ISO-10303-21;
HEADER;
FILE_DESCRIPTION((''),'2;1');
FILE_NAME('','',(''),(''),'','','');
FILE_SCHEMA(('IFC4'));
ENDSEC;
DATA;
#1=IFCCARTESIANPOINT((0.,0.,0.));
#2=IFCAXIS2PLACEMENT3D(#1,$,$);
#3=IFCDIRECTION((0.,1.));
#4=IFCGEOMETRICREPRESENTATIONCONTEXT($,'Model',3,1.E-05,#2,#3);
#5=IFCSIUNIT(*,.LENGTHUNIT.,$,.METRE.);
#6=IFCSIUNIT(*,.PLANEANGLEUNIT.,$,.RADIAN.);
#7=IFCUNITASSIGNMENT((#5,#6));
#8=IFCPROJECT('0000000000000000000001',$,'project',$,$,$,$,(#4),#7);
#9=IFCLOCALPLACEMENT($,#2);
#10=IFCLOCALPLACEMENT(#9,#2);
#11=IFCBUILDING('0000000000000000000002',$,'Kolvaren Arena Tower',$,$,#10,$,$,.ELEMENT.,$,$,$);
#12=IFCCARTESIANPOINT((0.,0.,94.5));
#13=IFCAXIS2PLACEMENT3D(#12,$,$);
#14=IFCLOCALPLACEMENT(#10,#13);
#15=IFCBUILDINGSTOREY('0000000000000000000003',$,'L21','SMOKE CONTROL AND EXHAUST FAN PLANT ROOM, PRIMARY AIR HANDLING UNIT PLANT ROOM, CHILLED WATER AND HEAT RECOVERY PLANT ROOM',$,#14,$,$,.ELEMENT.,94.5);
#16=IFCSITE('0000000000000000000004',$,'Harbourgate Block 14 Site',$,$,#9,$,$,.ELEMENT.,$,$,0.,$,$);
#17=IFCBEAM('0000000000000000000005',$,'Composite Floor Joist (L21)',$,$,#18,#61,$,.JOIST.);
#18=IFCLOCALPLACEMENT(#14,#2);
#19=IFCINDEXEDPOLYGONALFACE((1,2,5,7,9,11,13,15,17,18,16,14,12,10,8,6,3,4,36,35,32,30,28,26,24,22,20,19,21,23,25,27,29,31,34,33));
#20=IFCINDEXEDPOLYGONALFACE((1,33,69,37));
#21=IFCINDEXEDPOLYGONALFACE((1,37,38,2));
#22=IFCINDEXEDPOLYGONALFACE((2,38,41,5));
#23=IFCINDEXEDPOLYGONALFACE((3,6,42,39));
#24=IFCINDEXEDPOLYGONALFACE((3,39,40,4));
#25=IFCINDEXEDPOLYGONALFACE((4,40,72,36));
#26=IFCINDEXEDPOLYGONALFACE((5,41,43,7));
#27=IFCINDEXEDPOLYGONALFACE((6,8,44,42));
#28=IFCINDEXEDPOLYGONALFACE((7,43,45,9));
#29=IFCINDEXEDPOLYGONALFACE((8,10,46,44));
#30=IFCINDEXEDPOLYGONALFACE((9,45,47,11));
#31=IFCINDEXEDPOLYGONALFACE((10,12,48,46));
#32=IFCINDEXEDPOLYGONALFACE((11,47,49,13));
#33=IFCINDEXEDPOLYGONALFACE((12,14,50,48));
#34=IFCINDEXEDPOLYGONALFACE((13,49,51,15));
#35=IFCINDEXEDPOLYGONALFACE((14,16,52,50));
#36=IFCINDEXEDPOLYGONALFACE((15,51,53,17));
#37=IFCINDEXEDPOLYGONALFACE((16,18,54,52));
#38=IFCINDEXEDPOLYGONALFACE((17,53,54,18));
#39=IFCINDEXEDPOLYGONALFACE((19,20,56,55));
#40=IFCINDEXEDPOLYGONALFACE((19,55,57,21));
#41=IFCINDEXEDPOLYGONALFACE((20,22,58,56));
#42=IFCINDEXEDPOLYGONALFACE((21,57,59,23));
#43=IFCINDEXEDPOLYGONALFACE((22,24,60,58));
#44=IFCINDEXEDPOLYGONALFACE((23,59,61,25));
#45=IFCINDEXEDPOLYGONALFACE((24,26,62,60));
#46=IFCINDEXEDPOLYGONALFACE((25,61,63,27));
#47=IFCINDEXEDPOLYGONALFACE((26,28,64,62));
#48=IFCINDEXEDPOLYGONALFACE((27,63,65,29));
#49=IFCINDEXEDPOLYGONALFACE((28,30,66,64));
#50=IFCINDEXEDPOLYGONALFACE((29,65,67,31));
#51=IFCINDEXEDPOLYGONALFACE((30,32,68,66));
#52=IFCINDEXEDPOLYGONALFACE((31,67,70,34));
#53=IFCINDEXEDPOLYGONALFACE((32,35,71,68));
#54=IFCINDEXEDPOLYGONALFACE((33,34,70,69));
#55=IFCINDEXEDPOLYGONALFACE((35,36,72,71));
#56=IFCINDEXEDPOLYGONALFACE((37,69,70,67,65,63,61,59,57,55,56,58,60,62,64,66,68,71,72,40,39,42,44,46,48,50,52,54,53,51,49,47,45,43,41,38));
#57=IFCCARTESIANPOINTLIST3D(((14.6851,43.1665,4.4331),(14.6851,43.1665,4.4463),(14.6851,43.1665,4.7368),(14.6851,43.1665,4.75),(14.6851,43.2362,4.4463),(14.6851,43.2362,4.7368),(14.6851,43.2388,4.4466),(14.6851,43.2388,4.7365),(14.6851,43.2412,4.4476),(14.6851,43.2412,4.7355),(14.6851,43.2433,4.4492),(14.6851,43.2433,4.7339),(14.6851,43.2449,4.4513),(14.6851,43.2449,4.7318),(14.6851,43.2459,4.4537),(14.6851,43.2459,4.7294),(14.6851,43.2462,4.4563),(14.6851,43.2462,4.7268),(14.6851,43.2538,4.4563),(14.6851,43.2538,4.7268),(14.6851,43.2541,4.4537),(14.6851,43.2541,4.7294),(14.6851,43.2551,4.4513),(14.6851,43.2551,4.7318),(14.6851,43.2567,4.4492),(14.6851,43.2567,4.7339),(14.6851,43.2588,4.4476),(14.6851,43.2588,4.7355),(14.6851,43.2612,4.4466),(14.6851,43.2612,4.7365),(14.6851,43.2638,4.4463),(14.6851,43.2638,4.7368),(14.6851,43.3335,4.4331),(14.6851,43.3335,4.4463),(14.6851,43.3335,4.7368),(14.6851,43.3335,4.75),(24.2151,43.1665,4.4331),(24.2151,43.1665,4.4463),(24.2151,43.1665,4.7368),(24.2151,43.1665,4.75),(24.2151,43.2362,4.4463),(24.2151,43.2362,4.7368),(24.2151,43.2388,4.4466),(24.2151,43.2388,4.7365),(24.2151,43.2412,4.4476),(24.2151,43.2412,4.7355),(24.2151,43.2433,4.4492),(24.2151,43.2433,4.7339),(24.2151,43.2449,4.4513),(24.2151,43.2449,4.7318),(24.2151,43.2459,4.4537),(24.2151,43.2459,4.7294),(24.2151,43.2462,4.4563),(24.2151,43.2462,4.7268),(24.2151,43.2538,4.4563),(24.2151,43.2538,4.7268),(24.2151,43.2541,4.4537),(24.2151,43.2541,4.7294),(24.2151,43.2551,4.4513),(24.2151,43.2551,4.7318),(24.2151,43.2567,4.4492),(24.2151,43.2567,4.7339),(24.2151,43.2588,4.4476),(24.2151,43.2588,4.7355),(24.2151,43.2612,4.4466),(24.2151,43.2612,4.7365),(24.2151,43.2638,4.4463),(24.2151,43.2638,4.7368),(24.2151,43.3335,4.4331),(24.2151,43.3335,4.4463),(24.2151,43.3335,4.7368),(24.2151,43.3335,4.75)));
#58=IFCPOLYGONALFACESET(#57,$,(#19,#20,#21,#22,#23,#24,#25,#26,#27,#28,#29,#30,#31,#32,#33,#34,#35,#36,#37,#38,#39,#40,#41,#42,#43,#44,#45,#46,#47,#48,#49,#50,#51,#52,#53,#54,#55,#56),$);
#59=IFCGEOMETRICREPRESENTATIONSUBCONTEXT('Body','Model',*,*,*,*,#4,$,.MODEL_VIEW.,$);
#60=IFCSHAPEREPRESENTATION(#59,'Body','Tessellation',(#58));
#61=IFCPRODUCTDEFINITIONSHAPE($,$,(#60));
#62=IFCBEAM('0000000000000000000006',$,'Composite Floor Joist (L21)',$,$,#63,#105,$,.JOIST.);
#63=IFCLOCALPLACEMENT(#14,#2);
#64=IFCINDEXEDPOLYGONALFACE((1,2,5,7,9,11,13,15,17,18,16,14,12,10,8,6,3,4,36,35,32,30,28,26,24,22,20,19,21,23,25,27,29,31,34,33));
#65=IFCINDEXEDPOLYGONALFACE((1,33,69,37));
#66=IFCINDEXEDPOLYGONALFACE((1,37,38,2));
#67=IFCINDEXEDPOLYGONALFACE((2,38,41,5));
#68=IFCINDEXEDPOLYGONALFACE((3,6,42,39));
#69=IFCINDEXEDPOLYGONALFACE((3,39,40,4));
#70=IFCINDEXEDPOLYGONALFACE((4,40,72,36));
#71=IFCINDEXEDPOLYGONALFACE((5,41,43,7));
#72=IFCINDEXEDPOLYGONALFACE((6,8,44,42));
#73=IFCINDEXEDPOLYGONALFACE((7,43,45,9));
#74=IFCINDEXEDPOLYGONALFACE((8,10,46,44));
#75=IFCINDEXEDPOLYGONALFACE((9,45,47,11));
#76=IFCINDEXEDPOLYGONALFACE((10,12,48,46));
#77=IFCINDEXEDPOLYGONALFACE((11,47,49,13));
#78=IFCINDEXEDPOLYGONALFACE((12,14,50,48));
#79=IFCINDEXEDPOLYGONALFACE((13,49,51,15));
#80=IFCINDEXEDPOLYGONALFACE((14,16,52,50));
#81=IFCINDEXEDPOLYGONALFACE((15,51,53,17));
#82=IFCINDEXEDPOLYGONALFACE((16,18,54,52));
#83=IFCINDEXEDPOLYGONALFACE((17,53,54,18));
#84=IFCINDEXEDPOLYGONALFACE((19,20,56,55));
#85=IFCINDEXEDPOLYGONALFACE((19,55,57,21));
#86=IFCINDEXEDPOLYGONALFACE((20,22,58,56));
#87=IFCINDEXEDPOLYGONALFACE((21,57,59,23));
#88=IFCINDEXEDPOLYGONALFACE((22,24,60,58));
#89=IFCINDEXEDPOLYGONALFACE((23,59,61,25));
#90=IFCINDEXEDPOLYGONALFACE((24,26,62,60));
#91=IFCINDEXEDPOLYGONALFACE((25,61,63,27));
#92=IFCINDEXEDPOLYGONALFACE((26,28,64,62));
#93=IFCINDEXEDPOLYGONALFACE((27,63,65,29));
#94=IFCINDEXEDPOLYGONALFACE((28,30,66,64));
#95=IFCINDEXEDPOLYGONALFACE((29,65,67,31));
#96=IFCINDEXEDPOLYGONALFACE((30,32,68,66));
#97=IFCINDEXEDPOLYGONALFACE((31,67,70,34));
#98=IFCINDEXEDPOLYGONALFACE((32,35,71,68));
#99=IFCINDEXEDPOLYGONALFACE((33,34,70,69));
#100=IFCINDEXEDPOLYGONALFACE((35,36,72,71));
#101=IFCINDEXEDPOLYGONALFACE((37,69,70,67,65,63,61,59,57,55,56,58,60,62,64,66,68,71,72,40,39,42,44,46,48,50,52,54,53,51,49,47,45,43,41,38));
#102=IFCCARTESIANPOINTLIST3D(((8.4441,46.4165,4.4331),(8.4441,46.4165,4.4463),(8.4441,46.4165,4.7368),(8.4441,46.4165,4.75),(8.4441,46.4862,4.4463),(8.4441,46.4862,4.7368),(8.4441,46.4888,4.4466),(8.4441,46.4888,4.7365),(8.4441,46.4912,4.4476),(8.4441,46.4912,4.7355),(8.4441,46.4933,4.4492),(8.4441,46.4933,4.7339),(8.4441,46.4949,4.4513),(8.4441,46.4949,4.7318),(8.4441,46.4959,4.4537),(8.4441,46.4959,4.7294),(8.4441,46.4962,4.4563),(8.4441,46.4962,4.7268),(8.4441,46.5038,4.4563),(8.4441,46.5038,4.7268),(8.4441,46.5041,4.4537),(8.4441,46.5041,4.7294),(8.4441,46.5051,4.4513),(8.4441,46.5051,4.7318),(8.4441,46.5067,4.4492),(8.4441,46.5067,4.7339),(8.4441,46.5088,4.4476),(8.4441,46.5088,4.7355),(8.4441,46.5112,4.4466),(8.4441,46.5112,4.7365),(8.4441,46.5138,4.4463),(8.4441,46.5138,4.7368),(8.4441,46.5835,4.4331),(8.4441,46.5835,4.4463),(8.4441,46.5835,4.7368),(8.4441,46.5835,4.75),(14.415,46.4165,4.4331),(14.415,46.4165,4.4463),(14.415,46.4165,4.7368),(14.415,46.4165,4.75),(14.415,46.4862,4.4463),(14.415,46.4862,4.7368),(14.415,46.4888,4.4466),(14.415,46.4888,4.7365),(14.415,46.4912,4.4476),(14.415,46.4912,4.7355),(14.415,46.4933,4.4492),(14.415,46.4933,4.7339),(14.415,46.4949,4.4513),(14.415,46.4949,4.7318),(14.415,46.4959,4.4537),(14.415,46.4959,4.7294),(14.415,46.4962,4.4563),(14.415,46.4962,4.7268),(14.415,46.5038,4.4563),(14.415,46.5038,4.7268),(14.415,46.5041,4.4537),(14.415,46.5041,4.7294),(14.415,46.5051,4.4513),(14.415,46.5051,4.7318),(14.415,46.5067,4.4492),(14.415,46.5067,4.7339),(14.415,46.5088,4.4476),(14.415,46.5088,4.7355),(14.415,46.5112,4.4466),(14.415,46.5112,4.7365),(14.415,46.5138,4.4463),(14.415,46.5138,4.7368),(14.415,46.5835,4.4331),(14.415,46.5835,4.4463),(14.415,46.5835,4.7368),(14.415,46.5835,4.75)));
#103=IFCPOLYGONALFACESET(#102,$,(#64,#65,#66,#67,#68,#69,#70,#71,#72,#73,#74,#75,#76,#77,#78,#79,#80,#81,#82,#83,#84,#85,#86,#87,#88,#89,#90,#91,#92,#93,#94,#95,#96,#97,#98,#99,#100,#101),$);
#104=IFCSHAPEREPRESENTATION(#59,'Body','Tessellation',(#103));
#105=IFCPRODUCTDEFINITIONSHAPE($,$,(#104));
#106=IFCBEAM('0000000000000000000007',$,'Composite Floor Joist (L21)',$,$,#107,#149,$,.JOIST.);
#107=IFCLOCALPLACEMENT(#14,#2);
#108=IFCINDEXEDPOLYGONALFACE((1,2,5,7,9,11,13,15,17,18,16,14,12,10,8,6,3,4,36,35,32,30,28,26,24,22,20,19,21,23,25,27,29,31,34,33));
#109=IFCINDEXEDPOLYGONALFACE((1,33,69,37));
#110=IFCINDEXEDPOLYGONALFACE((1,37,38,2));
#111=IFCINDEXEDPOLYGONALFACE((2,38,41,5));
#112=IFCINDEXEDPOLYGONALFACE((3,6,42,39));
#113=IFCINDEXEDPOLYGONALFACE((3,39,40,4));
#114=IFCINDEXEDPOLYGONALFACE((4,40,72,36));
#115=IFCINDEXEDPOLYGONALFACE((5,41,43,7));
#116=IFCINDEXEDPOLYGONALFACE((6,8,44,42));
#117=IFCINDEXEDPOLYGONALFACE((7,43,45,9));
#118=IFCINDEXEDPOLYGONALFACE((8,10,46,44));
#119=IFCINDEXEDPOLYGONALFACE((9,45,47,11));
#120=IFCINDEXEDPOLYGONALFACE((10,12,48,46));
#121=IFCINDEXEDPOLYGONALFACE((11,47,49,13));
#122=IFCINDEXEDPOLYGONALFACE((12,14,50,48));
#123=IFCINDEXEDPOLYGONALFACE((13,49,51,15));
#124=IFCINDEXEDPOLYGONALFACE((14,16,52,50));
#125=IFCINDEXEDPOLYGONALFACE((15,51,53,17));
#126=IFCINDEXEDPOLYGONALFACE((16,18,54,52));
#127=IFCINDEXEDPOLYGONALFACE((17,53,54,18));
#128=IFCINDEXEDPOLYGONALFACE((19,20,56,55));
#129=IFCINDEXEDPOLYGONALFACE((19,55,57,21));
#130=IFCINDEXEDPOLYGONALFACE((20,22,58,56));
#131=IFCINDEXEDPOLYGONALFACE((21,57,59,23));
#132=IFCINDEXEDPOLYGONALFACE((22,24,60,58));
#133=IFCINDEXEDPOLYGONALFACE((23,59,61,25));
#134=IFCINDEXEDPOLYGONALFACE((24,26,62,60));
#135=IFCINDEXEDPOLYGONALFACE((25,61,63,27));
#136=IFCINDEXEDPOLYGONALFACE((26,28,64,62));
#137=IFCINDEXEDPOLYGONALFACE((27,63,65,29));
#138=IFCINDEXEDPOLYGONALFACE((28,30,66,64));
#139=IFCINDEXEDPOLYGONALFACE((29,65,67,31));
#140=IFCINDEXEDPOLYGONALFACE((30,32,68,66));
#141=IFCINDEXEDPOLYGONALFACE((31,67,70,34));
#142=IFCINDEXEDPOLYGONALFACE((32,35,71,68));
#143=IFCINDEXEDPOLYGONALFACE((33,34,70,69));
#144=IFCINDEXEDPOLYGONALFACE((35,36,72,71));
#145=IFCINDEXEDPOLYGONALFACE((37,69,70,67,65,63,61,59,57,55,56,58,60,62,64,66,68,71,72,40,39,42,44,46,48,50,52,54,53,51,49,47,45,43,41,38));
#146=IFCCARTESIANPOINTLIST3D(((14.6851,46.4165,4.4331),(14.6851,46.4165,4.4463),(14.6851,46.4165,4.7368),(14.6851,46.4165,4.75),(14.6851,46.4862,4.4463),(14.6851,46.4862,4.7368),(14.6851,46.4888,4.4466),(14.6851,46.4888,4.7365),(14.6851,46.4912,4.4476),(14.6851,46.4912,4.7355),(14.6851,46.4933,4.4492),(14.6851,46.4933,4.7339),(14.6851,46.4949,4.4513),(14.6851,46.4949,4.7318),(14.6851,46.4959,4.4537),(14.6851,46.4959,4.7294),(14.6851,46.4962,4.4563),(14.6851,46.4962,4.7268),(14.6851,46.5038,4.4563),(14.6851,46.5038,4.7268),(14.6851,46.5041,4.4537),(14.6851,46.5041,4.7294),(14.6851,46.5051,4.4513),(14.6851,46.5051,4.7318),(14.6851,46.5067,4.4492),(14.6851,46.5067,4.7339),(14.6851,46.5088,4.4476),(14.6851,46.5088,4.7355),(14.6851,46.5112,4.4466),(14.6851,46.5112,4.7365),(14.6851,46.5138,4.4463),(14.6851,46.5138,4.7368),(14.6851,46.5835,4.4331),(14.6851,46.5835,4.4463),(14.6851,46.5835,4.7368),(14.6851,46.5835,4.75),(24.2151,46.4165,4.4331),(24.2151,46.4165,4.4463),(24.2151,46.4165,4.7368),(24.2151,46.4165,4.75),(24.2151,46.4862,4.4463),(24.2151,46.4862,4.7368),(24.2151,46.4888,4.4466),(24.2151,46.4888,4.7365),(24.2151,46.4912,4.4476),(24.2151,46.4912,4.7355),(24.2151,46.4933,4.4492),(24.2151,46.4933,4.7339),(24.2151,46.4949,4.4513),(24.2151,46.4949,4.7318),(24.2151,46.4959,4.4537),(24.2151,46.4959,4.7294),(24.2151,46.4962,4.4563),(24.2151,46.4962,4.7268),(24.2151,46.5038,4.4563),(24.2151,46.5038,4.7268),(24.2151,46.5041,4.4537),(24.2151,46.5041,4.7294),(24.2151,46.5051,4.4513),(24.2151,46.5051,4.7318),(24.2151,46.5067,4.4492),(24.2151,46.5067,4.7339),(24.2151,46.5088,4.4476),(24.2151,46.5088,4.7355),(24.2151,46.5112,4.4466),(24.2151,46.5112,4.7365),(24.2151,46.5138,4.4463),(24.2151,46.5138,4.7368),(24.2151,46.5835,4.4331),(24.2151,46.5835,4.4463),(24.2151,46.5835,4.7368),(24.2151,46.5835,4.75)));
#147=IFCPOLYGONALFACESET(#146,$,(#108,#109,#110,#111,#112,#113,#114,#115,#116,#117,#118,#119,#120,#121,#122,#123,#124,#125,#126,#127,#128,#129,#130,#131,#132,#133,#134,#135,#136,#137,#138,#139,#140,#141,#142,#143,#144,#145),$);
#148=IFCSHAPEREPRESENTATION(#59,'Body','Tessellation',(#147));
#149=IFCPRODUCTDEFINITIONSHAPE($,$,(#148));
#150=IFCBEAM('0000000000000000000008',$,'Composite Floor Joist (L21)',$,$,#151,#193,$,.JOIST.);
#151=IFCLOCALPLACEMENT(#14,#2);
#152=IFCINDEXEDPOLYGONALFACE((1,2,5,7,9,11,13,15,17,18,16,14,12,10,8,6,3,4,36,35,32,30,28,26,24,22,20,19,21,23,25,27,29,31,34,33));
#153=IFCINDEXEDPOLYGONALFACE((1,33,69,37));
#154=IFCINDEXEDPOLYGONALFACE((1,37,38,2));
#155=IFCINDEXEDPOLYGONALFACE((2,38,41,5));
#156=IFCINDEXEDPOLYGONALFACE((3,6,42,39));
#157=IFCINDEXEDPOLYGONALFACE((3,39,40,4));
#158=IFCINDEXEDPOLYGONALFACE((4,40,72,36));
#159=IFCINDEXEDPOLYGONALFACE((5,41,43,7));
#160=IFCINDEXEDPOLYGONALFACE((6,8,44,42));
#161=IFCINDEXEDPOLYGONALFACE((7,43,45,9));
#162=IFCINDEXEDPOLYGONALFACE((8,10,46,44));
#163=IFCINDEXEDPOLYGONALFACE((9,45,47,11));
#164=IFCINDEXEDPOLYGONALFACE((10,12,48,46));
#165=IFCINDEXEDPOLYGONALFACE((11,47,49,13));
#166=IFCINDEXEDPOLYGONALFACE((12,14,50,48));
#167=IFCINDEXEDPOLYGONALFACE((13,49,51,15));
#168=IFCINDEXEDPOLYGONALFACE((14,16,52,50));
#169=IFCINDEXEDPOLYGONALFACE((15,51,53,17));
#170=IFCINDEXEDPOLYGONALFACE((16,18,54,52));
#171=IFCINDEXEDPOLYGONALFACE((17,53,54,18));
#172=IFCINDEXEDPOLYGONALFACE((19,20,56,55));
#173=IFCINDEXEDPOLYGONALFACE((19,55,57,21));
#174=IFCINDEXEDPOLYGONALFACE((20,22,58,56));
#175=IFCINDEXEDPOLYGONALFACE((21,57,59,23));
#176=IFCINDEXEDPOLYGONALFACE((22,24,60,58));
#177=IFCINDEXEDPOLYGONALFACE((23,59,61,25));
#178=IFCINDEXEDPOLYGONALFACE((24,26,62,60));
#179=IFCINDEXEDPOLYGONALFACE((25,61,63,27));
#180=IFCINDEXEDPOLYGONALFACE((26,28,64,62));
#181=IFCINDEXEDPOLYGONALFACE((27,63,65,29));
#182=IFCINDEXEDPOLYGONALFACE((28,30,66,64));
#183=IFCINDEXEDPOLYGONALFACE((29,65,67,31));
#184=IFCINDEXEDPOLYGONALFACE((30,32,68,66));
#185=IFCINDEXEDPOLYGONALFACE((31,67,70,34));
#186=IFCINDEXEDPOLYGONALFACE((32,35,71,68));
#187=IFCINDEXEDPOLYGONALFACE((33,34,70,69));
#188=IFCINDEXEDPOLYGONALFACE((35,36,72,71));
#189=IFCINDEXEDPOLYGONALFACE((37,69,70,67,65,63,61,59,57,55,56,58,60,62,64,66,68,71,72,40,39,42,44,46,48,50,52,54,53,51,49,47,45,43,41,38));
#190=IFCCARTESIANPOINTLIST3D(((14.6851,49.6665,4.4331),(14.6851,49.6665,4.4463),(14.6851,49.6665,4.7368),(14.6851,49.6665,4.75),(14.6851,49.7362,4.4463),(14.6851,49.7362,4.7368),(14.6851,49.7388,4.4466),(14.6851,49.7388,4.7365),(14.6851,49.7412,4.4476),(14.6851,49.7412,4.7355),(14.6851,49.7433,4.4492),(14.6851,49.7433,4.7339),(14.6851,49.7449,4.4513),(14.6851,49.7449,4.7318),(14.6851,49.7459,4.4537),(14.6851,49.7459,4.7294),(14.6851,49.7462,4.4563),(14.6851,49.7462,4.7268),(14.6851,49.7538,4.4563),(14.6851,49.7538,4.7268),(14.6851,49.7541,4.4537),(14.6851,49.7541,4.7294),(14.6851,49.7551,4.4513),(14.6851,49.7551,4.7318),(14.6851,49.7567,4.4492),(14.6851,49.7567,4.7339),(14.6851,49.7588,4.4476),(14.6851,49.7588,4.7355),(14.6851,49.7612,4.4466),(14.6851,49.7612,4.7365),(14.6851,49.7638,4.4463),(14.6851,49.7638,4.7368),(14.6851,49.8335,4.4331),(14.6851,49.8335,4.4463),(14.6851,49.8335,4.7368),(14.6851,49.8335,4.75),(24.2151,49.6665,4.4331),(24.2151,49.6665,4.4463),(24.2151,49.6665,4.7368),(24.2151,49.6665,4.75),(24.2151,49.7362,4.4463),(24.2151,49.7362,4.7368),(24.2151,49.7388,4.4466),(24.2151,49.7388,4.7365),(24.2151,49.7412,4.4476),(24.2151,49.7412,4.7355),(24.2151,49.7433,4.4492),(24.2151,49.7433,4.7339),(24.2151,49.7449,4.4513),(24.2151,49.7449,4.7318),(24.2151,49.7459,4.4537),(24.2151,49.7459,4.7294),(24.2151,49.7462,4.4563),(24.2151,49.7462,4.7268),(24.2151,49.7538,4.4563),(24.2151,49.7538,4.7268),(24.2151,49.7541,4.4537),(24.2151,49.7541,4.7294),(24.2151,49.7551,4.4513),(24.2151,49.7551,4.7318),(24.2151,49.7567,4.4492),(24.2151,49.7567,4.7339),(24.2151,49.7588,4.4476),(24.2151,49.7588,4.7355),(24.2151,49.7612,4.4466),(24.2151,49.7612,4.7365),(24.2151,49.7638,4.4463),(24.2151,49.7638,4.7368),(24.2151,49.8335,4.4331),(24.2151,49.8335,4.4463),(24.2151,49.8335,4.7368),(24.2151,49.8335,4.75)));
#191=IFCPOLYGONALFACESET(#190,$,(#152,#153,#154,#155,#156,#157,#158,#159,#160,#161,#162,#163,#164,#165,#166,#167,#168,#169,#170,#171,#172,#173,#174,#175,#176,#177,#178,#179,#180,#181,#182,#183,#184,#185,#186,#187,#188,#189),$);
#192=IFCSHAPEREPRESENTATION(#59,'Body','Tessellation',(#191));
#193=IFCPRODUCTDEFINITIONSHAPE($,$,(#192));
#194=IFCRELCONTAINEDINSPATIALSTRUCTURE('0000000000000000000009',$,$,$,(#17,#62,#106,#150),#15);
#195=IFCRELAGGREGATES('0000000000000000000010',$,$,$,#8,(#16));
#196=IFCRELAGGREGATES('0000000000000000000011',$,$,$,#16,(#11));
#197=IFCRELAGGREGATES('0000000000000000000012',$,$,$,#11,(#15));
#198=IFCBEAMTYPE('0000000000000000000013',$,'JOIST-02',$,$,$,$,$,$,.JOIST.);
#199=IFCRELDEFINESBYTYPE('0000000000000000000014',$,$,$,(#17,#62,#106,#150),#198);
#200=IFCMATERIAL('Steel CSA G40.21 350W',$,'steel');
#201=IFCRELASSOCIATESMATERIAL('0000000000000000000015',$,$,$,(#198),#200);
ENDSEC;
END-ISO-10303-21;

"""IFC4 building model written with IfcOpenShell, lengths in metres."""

from ifc_helpers import new_model, si_unit, direction, frame, origin, origin_2d, place, context, subcontext, project, spatial, i_section, extrude, material, material_profile, profile_set, type_object, element, save


model = new_model("IFC4")

# Units and contexts
model_context = context("Model", 3, precision=1e-05, world=origin(), true_north=direction((0.0, 1.0)))
body_context = subcontext(model_context, "Body", "Model", "MODEL_VIEW")
ifc_project = project(units=[si_unit("LENGTHUNIT", "METRE"), si_unit("PLANEANGLEUNIT", "RADIAN")], contexts=[model_context])

# Site, building, storey
site_placement = place(None, origin())
site = spatial("IfcSite", under=ifc_project, at=site_placement, Name="Harbourgate Block 14 Site", CompositionType="ELEMENT", RefElevation=0.0)
building_placement = place(site_placement, origin())
building = spatial("IfcBuilding", under=site, at=building_placement, Name="Kolvaren Arena Tower", CompositionType="ELEMENT")
storey_placement = place(building_placement, frame((0.0, 0.0, 94.5)))
storey = spatial("IfcBuildingStorey", under=building, at=storey_placement, Name="L21", Description="SMOKE CONTROL AND EXHAUST FAN PLANT ROOM, PRIMARY AIR HANDLING UNIT PLANT ROOM, CHILLED WATER AND HEAT RECOVERY PLANT ROOM", CompositionType="ELEMENT", Elevation=94.5)

# Shared definitions
ifc_material_1 = material(Name="Steel CSA G40.21 350W", Category="steel")

# Beams
ifc_material_profile_1 = material_profile(ifc_material_1, i_section(OverallWidth=0.167, OverallDepth=0.3169, WebThickness=0.0076, FlangeThickness=0.0132, FilletRadius=0.01, at=origin_2d()), Name="W310x52")
ifc_profile_set_1 = profile_set([ifc_material_profile_1], Name="Steel CSA G40.21 350W")
beam_type_1 = type_object("IfcBeamType", Name="JOIST-02", PredefinedType="JOIST", material=ifc_profile_set_1)
beam_1_placement = place(storey_placement, frame((14.6851, 43.25, 4.5916), z_axis=(1.0, 0.0, 0.0), x_axis=(0.0, 1.0, 0.0)))
element("IfcBeam", 1, at=beam_1_placement, inside=storey, type_object=beam_type_1, Name="Composite Floor Joist (L21)", PredefinedType="JOIST", context=body_context, shape_type="SweptSolid", body=[
    extrude(i_section(OverallWidth=0.167, OverallDepth=0.3169, WebThickness=0.0076, FlangeThickness=0.0132, FilletRadius=0.01, at=origin_2d()), origin(), (0.0, 0.0, 1.0), 9.53),
])
beam_2_placement = place(storey_placement, frame((8.4441, 46.5, 4.5916), z_axis=(1.0, 0.0, 0.0), x_axis=(0.0, 1.0, 0.0)))
element("IfcBeam", 2, at=beam_2_placement, inside=storey, type_object=beam_type_1, Name="Composite Floor Joist (L21)", PredefinedType="JOIST", context=body_context, shape_type="SweptSolid", body=[
    extrude(i_section(OverallWidth=0.167, OverallDepth=0.3169, WebThickness=0.0076, FlangeThickness=0.0132, FilletRadius=0.01, at=origin_2d()), origin(), (0.0, 0.0, 1.0), 5.9709),
])
for number, where, z_axis, x_axis, name in (
    (3, (14.6851, 46.5, 4.5916), (1.0, 0.0, 0.0), (0.0, 1.0, 0.0), "Composite Floor Joist (L21)"),
    (4, (14.6851, 49.75, 4.5916), (1.0, 0.0, 0.0), (0.0, 1.0, 0.0), "Composite Floor Joist (L21)"),
):
    element("IfcBeam", number, at=place(storey_placement, frame(where, z_axis=z_axis, x_axis=x_axis)), inside=storey, type_object=beam_type_1, Name=name, PredefinedType="JOIST", context=body_context, shape_type="SweptSolid", body=[
        extrude(i_section(OverallWidth=0.167, OverallDepth=0.3169, WebThickness=0.0076, FlangeThickness=0.0132, FilletRadius=0.01, at=origin_2d()), origin(), (0.0, 0.0, 1.0), 9.53),
    ])

save(model, "model.ifc")
